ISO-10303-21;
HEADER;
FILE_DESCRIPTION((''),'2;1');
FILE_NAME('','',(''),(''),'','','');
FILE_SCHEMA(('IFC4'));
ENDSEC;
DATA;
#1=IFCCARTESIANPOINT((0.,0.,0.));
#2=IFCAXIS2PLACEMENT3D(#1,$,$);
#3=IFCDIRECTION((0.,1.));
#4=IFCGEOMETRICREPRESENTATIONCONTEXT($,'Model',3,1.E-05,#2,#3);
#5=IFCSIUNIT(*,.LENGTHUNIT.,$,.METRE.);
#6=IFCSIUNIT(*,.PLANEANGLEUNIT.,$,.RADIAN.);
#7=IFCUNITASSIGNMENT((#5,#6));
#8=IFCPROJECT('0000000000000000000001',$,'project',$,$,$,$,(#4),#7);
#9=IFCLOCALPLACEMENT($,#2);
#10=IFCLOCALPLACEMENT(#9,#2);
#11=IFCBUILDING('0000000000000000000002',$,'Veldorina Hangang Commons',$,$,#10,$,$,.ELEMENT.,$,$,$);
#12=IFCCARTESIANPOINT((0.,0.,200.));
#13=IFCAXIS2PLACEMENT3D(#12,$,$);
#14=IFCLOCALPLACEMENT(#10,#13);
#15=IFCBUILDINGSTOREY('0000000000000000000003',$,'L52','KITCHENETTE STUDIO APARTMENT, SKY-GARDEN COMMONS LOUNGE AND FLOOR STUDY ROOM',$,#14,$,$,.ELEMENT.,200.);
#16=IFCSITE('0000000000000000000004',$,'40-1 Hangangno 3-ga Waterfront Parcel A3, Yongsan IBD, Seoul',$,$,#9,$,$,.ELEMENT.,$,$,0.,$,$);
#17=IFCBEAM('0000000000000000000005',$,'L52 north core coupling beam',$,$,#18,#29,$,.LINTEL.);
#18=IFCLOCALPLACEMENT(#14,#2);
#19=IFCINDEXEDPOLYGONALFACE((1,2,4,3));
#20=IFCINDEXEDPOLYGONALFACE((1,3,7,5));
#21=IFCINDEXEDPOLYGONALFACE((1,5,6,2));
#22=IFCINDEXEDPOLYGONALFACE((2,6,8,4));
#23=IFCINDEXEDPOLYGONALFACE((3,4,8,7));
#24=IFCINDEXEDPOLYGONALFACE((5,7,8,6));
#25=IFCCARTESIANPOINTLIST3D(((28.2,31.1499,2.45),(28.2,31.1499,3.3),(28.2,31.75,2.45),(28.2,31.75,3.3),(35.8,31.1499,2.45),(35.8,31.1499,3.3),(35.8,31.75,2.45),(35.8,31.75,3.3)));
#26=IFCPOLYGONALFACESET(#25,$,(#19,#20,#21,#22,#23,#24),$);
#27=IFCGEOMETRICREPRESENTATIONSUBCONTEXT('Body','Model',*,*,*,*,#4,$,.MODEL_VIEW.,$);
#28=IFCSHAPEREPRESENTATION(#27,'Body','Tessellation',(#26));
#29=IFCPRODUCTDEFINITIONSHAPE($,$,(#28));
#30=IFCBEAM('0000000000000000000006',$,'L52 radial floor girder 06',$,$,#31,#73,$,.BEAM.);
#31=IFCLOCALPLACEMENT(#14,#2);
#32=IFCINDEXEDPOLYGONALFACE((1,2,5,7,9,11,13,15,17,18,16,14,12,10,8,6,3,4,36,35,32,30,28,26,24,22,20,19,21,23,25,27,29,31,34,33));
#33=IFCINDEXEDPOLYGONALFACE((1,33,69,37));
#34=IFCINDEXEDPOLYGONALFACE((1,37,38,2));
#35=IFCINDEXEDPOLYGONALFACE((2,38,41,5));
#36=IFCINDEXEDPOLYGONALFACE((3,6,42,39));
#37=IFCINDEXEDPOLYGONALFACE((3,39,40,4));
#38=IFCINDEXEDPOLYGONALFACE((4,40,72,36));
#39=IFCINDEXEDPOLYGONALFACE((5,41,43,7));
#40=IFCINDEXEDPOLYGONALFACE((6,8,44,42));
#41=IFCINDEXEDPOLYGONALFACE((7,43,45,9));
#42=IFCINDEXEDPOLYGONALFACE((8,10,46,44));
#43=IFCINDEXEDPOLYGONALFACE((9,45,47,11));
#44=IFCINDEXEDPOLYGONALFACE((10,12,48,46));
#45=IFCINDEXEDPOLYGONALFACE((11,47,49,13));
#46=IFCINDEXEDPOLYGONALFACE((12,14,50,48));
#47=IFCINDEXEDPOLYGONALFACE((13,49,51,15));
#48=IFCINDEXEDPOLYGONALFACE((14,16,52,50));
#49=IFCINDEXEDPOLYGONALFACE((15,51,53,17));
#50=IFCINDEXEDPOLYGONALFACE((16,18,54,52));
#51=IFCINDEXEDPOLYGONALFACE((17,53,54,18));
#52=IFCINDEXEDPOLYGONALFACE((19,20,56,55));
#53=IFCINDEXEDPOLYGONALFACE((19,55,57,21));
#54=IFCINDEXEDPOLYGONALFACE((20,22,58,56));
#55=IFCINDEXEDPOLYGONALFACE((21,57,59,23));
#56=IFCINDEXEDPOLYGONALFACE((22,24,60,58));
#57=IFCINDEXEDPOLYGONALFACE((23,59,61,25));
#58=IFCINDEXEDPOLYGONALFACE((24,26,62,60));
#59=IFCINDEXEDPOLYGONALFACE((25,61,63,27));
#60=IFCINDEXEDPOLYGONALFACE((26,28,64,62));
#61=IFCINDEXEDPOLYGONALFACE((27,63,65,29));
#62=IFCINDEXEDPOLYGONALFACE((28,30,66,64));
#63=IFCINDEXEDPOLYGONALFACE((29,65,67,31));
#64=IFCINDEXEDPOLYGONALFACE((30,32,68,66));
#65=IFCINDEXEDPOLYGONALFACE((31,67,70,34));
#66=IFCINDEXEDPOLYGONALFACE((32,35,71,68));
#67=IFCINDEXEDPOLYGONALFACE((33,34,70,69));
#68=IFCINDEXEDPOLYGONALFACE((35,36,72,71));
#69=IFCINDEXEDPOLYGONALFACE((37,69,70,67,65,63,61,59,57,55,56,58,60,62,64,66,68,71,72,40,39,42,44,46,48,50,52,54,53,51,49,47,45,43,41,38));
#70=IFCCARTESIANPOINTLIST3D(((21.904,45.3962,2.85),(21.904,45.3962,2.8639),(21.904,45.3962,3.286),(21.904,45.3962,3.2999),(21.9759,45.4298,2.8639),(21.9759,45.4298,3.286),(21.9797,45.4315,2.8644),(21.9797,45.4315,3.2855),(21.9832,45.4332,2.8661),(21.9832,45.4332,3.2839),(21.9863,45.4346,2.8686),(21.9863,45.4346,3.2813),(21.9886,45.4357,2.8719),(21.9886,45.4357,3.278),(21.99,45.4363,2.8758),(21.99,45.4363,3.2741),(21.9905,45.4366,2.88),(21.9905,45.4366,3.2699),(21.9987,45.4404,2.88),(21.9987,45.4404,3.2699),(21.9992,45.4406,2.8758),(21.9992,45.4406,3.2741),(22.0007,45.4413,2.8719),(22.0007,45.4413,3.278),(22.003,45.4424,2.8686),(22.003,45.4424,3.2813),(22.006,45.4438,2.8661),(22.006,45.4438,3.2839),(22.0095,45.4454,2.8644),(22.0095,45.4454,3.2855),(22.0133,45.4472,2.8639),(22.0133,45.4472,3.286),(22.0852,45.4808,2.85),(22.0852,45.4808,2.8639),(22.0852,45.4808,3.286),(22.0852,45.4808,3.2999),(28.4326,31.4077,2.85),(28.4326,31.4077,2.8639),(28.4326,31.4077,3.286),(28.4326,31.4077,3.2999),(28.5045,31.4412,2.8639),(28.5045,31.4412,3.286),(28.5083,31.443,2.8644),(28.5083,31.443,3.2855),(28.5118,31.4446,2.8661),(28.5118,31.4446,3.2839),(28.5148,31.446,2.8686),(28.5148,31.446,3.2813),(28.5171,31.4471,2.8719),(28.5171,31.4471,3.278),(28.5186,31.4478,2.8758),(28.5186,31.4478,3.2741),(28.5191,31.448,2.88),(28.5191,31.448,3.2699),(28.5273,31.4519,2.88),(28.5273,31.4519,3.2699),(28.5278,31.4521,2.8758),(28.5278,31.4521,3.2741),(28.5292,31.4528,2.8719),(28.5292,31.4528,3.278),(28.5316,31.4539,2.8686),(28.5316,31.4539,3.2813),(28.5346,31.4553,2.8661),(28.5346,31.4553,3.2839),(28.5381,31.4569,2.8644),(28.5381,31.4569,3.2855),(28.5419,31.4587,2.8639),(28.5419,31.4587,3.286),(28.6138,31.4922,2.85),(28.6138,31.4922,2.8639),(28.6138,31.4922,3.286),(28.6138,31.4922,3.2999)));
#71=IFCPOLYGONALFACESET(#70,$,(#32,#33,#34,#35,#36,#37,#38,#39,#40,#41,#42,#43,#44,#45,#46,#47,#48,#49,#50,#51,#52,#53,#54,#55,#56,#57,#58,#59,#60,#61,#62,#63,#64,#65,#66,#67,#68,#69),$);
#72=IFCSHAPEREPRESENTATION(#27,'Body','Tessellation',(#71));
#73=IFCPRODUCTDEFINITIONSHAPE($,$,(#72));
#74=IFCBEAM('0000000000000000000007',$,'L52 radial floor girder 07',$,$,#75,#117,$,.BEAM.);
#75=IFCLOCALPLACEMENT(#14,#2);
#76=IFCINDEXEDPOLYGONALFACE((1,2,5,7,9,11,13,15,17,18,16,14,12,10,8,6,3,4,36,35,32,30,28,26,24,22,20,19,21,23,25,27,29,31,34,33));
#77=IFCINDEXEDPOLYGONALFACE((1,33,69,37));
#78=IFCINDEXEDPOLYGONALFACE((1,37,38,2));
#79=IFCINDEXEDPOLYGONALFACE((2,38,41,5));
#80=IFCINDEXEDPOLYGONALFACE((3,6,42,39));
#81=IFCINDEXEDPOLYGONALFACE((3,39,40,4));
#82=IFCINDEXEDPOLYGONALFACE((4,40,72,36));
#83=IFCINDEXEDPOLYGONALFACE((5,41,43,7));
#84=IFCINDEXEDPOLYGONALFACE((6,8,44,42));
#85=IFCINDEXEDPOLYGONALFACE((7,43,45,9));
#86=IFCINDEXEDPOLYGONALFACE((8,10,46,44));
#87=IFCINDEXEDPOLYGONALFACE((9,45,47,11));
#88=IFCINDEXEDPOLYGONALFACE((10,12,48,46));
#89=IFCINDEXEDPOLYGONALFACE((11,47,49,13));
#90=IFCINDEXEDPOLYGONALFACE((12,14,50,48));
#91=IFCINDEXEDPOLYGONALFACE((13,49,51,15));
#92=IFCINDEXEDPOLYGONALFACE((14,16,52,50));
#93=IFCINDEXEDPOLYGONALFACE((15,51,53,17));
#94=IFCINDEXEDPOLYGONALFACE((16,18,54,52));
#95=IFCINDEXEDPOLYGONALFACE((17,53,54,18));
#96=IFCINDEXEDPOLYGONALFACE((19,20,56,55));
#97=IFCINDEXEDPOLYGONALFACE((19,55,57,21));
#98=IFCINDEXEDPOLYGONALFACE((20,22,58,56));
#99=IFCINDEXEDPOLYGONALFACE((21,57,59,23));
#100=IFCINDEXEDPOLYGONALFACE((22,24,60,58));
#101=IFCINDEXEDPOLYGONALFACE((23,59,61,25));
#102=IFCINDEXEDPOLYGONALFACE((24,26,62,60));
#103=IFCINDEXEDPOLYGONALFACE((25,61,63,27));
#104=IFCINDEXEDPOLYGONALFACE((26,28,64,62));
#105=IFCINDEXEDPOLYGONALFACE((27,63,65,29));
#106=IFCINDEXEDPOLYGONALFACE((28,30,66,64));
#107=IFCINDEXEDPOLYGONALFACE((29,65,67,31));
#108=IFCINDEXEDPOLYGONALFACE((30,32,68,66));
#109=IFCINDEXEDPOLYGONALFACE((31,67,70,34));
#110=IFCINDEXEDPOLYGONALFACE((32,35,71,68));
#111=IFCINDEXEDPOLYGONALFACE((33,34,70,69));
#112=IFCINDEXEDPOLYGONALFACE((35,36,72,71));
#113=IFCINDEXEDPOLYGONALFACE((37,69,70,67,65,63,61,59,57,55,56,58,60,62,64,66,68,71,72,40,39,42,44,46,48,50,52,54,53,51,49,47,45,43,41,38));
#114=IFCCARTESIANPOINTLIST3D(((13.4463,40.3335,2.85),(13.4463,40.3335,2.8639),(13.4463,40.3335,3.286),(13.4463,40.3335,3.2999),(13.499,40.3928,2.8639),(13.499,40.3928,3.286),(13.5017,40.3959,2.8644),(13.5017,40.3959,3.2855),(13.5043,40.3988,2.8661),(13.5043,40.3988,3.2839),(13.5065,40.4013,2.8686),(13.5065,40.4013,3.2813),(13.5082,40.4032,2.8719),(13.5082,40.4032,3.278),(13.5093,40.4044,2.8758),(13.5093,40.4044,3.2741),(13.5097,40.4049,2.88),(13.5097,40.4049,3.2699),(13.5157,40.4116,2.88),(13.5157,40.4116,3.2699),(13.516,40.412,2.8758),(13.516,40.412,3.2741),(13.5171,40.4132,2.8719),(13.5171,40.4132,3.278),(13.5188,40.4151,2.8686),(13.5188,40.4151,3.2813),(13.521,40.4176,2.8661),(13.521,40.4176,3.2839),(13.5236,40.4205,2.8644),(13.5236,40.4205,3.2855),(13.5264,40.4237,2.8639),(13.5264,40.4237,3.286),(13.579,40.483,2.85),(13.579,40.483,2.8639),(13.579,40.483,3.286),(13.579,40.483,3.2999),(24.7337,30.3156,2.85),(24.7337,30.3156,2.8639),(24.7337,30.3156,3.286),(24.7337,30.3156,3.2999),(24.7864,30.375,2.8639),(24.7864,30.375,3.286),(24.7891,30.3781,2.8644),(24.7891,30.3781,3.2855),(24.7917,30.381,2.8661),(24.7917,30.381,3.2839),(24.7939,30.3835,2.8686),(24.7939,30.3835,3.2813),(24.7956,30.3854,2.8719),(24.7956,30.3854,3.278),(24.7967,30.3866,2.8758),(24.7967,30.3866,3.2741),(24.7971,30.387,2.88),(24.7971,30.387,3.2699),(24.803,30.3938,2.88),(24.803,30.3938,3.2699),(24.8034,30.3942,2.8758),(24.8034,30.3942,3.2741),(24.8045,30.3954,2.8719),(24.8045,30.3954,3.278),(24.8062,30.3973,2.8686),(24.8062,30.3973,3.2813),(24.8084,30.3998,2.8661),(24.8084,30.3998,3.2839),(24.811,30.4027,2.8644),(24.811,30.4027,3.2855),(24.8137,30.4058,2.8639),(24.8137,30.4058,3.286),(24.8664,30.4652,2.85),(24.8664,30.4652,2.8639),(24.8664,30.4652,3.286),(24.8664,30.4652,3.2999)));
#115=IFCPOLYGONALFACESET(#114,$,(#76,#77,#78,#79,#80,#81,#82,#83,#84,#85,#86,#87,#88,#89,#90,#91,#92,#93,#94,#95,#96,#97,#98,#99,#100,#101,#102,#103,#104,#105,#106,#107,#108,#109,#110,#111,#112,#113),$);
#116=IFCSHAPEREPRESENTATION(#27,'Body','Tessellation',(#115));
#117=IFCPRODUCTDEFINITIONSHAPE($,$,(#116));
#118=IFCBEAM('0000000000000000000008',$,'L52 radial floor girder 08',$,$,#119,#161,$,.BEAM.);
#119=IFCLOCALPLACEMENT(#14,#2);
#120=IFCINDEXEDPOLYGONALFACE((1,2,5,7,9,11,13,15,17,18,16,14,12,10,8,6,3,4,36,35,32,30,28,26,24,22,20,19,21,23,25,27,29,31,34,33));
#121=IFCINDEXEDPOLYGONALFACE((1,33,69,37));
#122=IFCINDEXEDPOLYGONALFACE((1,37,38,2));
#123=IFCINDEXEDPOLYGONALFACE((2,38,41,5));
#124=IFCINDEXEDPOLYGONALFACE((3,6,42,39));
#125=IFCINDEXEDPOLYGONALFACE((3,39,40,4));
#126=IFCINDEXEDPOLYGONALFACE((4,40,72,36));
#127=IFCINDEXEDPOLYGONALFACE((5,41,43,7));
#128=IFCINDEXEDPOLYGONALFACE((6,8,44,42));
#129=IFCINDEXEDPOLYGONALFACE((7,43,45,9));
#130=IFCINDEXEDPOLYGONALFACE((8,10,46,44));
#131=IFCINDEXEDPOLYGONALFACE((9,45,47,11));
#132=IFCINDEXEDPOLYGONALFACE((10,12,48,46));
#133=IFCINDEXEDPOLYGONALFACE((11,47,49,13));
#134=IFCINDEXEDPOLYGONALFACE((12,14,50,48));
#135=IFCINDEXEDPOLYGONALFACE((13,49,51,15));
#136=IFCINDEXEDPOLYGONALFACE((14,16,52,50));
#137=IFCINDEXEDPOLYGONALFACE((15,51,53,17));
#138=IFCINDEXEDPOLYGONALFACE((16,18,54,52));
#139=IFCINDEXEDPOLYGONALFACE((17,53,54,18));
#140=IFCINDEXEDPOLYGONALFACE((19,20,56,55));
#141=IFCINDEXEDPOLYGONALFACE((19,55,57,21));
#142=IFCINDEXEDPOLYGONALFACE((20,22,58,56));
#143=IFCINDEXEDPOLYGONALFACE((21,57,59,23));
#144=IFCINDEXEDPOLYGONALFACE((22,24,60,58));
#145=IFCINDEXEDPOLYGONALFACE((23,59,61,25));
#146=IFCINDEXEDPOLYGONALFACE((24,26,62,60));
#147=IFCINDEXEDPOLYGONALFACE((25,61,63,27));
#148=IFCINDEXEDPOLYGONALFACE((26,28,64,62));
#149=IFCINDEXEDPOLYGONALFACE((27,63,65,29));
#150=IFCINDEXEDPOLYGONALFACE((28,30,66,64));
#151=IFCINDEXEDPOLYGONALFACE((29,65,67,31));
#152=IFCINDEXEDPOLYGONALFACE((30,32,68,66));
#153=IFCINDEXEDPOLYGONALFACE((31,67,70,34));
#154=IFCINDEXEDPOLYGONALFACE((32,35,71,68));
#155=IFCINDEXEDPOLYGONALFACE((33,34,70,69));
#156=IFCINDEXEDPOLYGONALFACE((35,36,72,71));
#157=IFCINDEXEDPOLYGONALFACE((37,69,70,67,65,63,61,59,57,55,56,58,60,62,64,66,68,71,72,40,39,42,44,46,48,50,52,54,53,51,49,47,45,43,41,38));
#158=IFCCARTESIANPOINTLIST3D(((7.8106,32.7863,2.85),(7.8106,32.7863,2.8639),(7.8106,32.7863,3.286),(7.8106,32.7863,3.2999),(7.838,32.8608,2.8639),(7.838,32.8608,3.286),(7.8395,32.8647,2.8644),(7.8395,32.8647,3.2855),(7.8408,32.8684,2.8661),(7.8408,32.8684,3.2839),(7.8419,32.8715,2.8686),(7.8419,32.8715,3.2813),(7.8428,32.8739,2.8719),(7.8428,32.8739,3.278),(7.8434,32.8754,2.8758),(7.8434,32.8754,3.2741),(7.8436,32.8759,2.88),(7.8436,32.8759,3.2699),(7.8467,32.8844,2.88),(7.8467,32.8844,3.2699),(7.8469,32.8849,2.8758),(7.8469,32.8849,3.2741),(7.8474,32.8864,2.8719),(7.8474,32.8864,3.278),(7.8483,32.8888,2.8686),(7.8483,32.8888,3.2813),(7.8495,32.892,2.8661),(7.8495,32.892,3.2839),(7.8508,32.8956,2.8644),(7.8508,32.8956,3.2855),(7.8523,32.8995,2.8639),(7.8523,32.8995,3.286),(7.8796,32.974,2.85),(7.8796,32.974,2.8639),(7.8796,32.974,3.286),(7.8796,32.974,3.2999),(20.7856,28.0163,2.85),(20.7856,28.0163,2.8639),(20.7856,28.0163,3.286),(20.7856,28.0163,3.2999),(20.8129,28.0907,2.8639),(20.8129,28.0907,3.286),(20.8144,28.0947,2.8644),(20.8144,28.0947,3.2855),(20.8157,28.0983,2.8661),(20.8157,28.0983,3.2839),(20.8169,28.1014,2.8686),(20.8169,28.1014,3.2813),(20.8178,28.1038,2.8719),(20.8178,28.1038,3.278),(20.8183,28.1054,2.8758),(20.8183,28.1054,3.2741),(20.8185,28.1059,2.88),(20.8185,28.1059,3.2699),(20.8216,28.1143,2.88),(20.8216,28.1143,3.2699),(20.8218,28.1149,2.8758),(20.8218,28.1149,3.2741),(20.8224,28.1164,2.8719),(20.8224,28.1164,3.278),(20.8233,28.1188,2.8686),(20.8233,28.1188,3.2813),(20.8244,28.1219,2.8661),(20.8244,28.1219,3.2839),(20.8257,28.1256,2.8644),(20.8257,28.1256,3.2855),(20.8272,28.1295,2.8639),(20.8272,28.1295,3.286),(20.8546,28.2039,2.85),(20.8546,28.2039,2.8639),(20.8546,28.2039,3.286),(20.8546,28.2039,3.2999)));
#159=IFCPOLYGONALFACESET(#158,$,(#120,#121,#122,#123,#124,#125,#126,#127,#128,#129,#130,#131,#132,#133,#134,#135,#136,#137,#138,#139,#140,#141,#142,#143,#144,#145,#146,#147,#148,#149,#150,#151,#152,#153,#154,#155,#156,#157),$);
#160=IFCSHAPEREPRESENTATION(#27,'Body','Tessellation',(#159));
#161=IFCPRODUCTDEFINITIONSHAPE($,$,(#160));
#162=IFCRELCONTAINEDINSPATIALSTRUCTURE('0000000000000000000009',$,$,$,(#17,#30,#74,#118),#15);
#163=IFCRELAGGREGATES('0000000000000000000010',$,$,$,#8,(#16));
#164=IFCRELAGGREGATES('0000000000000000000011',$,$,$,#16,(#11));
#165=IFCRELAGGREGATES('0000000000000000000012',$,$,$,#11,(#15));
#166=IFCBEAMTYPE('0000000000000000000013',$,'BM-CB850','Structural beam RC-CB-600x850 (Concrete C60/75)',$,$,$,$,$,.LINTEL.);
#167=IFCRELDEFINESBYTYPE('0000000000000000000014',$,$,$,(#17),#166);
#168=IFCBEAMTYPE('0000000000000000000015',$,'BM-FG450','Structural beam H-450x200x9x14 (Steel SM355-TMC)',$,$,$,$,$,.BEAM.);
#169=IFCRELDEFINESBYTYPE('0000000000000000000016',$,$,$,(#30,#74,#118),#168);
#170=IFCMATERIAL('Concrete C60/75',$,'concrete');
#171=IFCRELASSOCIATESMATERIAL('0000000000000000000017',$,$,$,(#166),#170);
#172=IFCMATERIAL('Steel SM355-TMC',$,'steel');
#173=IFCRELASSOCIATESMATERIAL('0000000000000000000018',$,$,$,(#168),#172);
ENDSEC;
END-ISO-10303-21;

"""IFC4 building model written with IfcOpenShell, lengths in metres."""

from ifc_helpers import new_model, si_unit, direction, frame, origin, origin_2d, place, context, subcontext, project, spatial, rectangle, i_section, extrude, material, material_profile, profile_set, type_object, element, save


model = new_model("IFC4")

# Units and contexts
model_context = context("Model", 3, precision=1e-05, world=origin(), true_north=direction((0.0, 1.0)))
body_context = subcontext(model_context, "Body", "Model", "MODEL_VIEW")
ifc_project = project(units=[si_unit("LENGTHUNIT", "METRE"), si_unit("PLANEANGLEUNIT", "RADIAN")], contexts=[model_context])

# Site, building, storey
site_placement = place(None, origin())
site = spatial("IfcSite", under=ifc_project, at=site_placement, Name="40-1 Hangangno 3-ga Waterfront Parcel A3, Yongsan IBD, Seoul", CompositionType="ELEMENT", RefElevation=0.0)
building_placement = place(site_placement, origin())
building = spatial("IfcBuilding", under=site, at=building_placement, Name="Veldorina Hangang Commons", CompositionType="ELEMENT")
storey_placement = place(building_placement, frame((0.0, 0.0, 200.0)))
storey = spatial("IfcBuildingStorey", under=building, at=storey_placement, Name="L52", Description="KITCHENETTE STUDIO APARTMENT, SKY-GARDEN COMMONS LOUNGE AND FLOOR STUDY ROOM", CompositionType="ELEMENT", Elevation=200.0)

# Beams
ifc_material_1 = material(Name="Concrete C60/75", Category="concrete")
ifc_material_profile_1 = material_profile(ifc_material_1, rectangle(XDim=0.6001, YDim=0.8501, at=origin_2d()), Name="RC-CB-600x850")
ifc_profile_set_1 = profile_set([ifc_material_profile_1], Name="Concrete C60/75")
beam_type_1 = type_object("IfcBeamType", Name="BM-CB850", Description="Structural beam RC-CB-600x850 (Concrete C60/75)", PredefinedType="LINTEL", material=ifc_profile_set_1)
beam_1_placement = place(storey_placement, frame((28.2, 31.45, 2.875), z_axis=(1.0, 0.0, 0.0), x_axis=(0.0, 1.0, 0.0)))
element("IfcBeam", 1, at=beam_1_placement, inside=storey, type_object=beam_type_1, Name="L52 north core coupling beam", PredefinedType="LINTEL", context=body_context, shape_type="SweptSolid", body=[
    extrude(rectangle(XDim=0.6001, YDim=0.8501, at=origin_2d()), origin(), (0.0, 0.0, 1.0), 7.6001),
])
ifc_material_2 = material(Name="Steel SM355-TMC", Category="steel")
ifc_material_profile_2 = material_profile(ifc_material_2, i_section(OverallWidth=0.2, OverallDepth=0.45, WebThickness=0.009, FlangeThickness=0.0139, FilletRadius=0.0161, at=origin_2d()), Name="H-450x200x9x14")
ifc_profile_set_2 = profile_set([ifc_material_profile_2], Name="Steel SM355-TMC")
beam_type_2 = type_object("IfcBeamType", Name="BM-FG450", Description="Structural beam H-450x200x9x14 (Steel SM355-TMC)", PredefinedType="BEAM", material=ifc_profile_set_2)
beam_2_placement = place(storey_placement, frame((28.5232, 31.45, 3.075), z_axis=(-0.422917, 0.906169, 0.0), x_axis=(-0.906169, -0.422917, 0.0)))
element("IfcBeam", 2, at=beam_2_placement, inside=storey, type_object=beam_type_2, Name="L52 radial floor girder 06", PredefinedType="BEAM", context=body_context, shape_type="SweptSolid", body=[
    extrude(i_section(OverallWidth=0.2, OverallDepth=0.45, WebThickness=0.009, FlangeThickness=0.0139, FilletRadius=0.0161, at=origin_2d()), origin(), (0.0, 0.0, 1.0), 15.437),
])
beam_3_placement = place(storey_placement, frame((24.8, 30.3904, 3.075), z_axis=(-0.747915, 0.663794, 0.0), x_axis=(-0.663794, -0.747915, 0.0)))
element("IfcBeam", 3, at=beam_3_placement, inside=storey, type_object=beam_type_2, Name="L52 radial floor girder 07", PredefinedType="BEAM", context=body_context, shape_type="SweptSolid", body=[
    extrude(i_section(OverallWidth=0.2, OverallDepth=0.45, WebThickness=0.009, FlangeThickness=0.0139, FilletRadius=0.0161, at=origin_2d()), origin(), (0.0, 0.0, 1.0), 15.0918),
])
beam_4_placement = place(storey_placement, frame((20.8201, 28.1101, 3.075), z_axis=(-0.938582, 0.345056, 0.0), x_axis=(-0.345056, -0.938582, 0.0)))
element("IfcBeam", 4, at=beam_4_placement, inside=storey, type_object=beam_type_2, Name="L52 radial floor girder 08", PredefinedType="BEAM", context=body_context, shape_type="SweptSolid", body=[
    extrude(i_section(OverallWidth=0.2, OverallDepth=0.45, WebThickness=0.009, FlangeThickness=0.0139, FilletRadius=0.0161, at=origin_2d()), origin(), (0.0, 0.0, 1.0), 13.824),
])

save(model, "model.ifc")
